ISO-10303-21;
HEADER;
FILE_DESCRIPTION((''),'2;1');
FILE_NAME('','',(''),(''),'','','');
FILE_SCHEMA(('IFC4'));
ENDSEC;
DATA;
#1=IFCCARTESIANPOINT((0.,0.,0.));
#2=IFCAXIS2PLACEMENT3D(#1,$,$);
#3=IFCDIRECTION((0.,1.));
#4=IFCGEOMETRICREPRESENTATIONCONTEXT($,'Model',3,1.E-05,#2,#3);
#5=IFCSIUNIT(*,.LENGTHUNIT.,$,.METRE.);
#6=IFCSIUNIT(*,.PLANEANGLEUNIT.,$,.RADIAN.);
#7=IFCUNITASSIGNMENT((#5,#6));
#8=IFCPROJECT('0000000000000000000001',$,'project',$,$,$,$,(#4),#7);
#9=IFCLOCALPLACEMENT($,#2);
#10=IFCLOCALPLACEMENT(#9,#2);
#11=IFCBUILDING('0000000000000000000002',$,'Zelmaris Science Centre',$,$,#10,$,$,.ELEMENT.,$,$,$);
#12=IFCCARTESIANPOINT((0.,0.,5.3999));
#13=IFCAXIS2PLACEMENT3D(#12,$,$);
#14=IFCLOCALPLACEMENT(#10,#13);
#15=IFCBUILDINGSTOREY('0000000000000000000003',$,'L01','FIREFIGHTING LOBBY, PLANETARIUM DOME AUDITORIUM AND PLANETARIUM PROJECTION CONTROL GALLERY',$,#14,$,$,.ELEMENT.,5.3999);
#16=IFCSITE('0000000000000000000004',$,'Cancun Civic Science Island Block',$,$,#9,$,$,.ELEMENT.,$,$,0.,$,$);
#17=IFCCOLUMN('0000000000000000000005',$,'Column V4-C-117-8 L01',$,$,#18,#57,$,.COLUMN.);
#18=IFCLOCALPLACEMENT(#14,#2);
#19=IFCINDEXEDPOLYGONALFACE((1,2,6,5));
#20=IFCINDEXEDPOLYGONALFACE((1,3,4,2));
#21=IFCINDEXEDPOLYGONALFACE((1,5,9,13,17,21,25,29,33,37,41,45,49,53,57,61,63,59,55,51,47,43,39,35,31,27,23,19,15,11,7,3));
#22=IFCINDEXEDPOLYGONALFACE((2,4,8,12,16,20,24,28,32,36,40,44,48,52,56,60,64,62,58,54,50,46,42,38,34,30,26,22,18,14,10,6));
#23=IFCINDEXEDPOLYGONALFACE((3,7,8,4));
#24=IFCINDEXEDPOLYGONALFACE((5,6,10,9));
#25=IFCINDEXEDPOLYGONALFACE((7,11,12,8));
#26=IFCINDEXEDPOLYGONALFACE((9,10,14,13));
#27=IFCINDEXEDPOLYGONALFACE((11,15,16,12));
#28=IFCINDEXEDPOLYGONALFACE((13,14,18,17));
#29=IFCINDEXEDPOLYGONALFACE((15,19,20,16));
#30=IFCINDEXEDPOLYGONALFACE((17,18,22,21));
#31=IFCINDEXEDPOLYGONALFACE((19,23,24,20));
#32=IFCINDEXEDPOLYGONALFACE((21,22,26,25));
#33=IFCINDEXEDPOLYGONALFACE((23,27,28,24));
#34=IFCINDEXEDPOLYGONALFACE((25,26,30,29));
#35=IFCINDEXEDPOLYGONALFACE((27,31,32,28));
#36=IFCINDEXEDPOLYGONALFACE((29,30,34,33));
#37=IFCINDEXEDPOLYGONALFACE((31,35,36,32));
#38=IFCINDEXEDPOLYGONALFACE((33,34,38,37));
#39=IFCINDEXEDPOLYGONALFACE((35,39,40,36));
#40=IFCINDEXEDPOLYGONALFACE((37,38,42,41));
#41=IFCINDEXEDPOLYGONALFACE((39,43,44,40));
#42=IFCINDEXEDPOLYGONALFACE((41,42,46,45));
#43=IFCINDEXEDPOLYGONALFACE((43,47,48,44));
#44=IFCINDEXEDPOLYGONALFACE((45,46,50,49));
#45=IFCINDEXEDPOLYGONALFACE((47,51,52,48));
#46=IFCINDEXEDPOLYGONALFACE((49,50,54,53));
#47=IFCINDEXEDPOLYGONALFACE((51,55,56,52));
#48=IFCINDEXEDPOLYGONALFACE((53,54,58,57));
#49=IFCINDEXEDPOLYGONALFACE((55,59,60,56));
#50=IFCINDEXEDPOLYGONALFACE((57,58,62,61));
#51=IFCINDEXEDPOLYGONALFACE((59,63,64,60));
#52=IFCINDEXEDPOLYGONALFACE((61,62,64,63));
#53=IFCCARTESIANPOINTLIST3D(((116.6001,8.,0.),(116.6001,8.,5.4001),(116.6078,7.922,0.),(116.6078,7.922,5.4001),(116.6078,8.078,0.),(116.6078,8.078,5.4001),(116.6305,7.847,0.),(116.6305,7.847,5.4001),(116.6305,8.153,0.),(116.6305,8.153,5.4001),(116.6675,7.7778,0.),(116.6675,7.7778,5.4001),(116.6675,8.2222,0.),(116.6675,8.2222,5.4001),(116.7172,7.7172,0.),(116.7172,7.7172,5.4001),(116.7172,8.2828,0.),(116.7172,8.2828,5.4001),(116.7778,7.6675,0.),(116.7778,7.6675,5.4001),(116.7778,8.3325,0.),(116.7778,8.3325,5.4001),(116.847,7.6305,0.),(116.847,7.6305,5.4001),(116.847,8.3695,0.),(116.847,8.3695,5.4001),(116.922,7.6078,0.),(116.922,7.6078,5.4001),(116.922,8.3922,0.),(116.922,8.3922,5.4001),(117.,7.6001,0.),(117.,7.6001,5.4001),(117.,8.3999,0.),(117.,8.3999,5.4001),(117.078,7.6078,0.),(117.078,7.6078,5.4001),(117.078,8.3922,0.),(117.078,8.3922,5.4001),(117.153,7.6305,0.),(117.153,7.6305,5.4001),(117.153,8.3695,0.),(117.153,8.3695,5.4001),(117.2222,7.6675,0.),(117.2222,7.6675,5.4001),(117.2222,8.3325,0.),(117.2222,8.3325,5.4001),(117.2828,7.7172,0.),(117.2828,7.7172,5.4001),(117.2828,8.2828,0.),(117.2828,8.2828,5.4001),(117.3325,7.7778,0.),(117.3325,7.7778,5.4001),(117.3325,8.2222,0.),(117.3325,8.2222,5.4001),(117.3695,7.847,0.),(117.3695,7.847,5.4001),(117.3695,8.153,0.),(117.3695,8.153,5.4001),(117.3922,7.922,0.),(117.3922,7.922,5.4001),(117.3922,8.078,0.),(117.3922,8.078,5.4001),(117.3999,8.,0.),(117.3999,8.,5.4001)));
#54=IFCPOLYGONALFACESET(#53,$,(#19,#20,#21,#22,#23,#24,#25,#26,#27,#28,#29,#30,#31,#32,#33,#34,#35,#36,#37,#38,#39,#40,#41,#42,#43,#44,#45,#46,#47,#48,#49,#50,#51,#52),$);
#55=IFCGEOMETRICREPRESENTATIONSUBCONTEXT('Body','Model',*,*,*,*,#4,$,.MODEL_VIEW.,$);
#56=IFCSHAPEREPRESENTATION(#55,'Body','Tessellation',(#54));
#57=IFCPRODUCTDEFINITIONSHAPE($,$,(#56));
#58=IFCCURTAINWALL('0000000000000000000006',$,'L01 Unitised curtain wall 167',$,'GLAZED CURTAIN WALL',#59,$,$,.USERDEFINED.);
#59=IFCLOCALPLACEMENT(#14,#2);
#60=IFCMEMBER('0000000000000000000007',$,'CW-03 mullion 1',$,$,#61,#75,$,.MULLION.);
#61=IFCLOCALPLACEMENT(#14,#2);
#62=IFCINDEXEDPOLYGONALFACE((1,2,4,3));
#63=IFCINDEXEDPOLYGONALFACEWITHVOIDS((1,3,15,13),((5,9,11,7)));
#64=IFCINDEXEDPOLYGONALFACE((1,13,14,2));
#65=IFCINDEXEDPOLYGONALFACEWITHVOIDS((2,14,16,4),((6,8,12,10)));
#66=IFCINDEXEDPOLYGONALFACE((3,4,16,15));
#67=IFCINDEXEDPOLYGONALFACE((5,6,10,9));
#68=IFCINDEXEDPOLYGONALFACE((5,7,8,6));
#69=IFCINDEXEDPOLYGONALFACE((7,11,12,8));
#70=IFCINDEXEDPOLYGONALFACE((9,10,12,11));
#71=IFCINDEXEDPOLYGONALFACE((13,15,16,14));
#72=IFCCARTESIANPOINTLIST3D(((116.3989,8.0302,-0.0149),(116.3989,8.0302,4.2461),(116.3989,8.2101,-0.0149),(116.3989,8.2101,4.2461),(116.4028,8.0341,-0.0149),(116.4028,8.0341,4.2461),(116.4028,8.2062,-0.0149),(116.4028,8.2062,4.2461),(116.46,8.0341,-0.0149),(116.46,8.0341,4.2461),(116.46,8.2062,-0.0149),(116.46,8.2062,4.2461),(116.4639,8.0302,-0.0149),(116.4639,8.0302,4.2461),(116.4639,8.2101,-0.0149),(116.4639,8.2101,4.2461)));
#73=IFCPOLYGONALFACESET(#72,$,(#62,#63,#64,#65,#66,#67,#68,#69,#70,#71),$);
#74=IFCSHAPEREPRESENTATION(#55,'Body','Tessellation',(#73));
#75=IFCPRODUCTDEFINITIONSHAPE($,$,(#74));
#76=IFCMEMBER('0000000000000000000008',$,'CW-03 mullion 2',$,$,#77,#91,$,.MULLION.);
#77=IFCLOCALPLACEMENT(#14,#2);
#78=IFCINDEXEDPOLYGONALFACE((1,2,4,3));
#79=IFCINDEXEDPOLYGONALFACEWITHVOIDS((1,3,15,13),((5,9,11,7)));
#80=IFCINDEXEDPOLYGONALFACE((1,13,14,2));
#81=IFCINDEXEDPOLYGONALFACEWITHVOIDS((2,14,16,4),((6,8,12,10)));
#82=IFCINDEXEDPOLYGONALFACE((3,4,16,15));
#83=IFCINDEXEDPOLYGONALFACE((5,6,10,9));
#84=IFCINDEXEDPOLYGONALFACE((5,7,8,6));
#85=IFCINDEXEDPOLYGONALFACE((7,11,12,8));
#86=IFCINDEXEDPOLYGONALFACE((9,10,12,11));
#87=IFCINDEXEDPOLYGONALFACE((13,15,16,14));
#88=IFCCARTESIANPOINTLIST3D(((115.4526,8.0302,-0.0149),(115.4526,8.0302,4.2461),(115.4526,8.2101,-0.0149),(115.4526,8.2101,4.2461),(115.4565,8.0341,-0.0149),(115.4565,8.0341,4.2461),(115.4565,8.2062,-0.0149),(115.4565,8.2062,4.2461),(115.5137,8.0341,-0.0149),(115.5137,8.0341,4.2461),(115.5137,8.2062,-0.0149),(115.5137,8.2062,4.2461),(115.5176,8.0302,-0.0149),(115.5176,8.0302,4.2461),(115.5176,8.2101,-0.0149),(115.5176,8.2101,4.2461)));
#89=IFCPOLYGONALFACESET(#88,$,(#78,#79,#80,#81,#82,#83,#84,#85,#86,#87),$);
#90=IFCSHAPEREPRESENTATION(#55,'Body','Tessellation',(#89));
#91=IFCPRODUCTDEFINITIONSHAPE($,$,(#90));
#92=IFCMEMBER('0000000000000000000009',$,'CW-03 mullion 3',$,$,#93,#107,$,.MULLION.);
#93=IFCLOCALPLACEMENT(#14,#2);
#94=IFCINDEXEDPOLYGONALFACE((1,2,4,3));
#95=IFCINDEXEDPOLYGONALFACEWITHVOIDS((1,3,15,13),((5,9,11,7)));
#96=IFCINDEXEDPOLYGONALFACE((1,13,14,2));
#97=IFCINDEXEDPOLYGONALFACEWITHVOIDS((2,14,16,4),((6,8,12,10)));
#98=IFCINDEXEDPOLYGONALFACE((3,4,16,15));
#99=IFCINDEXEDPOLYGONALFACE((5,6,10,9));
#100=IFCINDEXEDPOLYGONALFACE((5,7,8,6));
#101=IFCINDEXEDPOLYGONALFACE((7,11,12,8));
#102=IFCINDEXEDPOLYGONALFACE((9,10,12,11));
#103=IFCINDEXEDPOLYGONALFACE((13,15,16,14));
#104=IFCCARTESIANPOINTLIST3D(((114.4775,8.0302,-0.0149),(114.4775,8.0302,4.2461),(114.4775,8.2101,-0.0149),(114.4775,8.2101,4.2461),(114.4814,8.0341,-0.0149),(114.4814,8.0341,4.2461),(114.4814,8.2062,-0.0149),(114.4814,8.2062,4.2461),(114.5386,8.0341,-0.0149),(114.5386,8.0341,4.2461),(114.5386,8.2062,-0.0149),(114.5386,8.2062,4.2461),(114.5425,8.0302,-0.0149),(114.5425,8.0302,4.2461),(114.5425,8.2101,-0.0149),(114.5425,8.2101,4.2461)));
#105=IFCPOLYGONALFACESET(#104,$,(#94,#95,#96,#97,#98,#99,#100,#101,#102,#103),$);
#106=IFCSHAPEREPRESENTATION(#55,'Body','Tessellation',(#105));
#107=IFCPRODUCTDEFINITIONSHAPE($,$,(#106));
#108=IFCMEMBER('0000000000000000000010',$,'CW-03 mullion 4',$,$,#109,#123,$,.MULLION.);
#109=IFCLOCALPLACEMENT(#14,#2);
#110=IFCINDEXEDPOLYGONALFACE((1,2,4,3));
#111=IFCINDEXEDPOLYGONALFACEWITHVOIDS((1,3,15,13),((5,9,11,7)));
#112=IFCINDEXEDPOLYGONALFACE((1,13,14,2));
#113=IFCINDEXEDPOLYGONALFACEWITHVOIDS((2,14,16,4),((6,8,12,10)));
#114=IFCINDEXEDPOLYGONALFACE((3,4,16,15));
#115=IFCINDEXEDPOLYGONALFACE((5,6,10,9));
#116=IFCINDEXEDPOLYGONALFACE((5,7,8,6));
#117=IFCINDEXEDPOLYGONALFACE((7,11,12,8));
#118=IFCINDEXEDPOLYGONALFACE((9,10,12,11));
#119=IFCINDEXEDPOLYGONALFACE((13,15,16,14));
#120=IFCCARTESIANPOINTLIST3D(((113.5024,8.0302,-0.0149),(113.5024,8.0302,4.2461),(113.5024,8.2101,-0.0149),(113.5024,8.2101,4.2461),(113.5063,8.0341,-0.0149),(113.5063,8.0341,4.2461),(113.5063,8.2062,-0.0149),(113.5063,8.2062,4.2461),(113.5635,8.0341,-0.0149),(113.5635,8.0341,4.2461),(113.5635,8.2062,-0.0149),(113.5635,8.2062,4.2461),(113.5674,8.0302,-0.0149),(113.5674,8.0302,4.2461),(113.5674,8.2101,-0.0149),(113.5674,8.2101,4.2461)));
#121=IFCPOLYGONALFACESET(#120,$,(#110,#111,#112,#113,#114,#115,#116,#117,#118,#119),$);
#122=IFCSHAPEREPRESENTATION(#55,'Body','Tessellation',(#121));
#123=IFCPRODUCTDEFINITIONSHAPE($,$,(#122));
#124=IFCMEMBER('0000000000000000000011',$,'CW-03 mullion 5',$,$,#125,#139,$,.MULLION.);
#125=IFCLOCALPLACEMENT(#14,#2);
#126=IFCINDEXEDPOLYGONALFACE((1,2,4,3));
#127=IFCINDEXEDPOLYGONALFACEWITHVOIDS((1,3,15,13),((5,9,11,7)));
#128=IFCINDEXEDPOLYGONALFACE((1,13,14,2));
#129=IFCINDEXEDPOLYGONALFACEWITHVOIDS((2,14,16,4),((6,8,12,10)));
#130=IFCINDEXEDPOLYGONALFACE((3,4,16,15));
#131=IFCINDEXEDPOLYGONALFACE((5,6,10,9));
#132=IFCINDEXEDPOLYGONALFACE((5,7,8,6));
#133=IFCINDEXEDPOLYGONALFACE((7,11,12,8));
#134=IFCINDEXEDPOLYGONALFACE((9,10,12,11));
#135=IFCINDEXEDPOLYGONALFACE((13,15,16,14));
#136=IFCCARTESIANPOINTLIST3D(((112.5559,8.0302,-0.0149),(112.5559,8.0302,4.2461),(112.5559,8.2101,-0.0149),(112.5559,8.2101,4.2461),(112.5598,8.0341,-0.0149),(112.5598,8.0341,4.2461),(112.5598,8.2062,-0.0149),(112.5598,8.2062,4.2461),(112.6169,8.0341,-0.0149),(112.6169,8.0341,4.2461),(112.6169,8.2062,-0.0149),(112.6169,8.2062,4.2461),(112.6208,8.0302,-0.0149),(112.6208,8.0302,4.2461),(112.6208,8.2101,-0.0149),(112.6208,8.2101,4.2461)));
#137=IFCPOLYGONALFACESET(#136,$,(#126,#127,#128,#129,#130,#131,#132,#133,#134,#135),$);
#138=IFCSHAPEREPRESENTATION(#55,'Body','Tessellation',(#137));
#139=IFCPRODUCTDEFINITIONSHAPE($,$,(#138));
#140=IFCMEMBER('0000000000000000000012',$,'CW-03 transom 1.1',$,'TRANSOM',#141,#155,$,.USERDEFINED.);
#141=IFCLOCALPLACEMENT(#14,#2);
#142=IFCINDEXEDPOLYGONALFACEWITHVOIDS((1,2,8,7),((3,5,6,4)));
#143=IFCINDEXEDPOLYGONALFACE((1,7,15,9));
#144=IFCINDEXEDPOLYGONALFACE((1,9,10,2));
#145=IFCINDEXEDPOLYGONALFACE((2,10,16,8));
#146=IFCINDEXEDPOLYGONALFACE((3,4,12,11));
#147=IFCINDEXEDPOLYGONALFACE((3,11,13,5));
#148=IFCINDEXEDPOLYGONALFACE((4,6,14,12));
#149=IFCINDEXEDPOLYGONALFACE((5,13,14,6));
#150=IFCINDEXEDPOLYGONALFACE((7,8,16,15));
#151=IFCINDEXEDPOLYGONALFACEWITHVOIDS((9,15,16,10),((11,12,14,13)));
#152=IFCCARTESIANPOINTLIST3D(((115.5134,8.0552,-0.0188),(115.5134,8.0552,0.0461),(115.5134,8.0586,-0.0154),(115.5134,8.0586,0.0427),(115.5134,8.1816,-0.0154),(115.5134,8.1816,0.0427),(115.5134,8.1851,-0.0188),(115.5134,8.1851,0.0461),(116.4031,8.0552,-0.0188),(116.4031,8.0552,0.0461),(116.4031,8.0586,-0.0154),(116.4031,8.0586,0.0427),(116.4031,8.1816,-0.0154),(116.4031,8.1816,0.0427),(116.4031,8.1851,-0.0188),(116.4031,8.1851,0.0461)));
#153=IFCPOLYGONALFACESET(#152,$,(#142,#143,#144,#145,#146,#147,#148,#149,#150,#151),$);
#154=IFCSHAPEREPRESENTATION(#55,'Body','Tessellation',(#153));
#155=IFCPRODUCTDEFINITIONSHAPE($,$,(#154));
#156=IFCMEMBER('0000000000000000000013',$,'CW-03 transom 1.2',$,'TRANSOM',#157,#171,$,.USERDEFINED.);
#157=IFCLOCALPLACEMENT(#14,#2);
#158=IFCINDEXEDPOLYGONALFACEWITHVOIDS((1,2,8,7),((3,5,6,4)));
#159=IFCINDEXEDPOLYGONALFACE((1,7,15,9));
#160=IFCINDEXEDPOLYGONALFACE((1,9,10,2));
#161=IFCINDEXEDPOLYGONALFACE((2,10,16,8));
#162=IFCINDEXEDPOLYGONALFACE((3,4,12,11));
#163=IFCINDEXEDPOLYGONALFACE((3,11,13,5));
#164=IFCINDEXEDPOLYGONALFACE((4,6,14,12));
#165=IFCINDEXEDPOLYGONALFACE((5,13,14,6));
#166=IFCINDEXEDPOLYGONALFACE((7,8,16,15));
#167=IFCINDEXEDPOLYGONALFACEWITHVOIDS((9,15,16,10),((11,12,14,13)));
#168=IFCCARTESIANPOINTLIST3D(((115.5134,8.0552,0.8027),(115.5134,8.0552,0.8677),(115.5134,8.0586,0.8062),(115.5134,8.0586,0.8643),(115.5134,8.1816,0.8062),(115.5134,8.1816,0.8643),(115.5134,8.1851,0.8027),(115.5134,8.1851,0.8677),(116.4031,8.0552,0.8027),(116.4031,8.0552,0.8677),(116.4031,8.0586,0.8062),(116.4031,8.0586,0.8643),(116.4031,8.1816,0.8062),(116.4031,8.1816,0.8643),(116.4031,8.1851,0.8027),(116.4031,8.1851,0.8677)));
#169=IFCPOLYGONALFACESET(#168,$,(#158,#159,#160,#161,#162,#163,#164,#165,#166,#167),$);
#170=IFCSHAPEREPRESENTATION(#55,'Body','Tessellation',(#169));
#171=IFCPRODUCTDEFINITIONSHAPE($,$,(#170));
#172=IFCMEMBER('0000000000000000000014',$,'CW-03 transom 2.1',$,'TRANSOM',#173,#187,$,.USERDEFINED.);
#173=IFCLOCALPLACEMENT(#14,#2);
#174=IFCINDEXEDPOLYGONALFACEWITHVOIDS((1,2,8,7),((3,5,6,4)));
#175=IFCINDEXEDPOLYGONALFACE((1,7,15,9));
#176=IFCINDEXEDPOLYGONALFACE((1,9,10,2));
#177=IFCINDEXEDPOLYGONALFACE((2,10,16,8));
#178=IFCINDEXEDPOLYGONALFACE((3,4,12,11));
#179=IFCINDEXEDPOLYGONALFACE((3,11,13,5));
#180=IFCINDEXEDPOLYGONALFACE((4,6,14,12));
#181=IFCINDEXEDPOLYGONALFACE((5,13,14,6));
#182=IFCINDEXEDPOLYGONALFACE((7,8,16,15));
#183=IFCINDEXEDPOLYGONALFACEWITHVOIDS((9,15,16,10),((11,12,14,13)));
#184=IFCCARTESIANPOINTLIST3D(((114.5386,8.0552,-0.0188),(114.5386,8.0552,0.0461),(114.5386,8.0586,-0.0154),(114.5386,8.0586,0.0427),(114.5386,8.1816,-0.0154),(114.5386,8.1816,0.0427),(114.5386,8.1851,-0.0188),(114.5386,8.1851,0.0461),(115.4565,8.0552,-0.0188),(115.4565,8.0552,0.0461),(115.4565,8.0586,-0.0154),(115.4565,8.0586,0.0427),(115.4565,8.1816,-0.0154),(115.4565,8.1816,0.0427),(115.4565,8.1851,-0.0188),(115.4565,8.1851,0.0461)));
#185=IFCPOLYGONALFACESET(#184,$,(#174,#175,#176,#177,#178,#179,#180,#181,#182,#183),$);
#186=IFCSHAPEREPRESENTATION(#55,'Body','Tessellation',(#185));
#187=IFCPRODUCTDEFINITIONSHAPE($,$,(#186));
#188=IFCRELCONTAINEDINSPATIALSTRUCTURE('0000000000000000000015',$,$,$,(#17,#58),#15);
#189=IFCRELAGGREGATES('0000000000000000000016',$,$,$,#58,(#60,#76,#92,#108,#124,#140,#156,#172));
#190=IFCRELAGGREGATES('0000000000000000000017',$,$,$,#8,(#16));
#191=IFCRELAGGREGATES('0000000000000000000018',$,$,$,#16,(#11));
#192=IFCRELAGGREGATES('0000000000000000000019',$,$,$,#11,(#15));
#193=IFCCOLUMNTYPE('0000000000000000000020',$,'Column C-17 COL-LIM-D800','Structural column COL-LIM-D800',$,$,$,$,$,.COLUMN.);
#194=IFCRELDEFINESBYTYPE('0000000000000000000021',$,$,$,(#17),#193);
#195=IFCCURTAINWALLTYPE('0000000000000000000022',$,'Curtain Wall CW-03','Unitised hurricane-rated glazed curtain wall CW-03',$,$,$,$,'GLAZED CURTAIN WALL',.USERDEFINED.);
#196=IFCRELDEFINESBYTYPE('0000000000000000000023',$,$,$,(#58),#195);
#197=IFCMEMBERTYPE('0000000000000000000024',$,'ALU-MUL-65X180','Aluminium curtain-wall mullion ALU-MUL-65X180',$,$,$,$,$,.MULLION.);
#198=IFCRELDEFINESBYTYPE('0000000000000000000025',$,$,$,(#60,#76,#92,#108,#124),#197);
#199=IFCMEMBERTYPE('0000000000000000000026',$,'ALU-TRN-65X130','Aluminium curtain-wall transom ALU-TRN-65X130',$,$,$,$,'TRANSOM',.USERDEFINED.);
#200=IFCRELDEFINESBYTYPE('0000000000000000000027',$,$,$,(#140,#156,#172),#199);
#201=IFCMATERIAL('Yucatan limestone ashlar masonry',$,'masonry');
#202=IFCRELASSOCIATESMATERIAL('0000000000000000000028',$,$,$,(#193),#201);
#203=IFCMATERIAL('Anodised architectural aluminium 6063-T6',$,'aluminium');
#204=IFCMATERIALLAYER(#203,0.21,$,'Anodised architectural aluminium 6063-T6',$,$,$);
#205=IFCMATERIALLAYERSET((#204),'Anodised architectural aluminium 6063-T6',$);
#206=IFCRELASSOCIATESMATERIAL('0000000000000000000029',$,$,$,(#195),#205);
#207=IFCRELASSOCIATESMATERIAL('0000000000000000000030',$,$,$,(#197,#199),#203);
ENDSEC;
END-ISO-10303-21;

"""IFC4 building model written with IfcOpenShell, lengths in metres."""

from ifc_helpers import new_model, si_unit, direction, frame, origin, origin_2d, place, context, subcontext, project, spatial, hollow_rectangle, circle, extrude, material, layer, layer_set, material_profile, profile_set, type_object, element, aggregate, save


model = new_model("IFC4")

# Units and contexts
model_context = context("Model", 3, precision=1e-05, world=origin(), true_north=direction((0.0, 1.0)))
body_context = subcontext(model_context, "Body", "Model", "MODEL_VIEW")
ifc_project = project(units=[si_unit("LENGTHUNIT", "METRE"), si_unit("PLANEANGLEUNIT", "RADIAN")], contexts=[model_context])

# Site, building, storey
site_placement = place(None, origin())
site = spatial("IfcSite", under=ifc_project, at=site_placement, Name="Cancun Civic Science Island Block", CompositionType="ELEMENT", RefElevation=0.0)
building_placement = place(site_placement, origin())
building = spatial("IfcBuilding", under=site, at=building_placement, Name="Zelmaris Science Centre", CompositionType="ELEMENT")
storey_placement = place(building_placement, frame((0.0, 0.0, 5.3999)))
storey = spatial("IfcBuildingStorey", under=building, at=storey_placement, Name="L01", Description="FIREFIGHTING LOBBY, PLANETARIUM DOME AUDITORIUM AND PLANETARIUM PROJECTION CONTROL GALLERY", CompositionType="ELEMENT", Elevation=5.3999)

# Column
ifc_material_1 = material(Name="Yucatan limestone ashlar masonry", Category="masonry")
ifc_material_profile_1 = material_profile(ifc_material_1, circle(Radius=0.3999, at=origin_2d()), Name="COL-LIM-D800")
ifc_profile_set_1 = profile_set([ifc_material_profile_1], Name="Yucatan limestone ashlar masonry")
column_type = type_object("IfcColumnType", Name="Column C-17 COL-LIM-D800", Description="Structural column COL-LIM-D800", PredefinedType="COLUMN", material=ifc_profile_set_1)
column_placement = place(storey_placement, frame((117.0, 8.0, 0.0), z_axis=(0.0, 0.0, 1.0), x_axis=(1.0, 0.0, 0.0)))
element("IfcColumn", 1, at=column_placement, inside=storey, type_object=column_type, Name="Column V4-C-117-8 L01", PredefinedType="COLUMN", context=body_context, shape_type="SweptSolid", body=[
    extrude(circle(Radius=0.3999, at=origin_2d()), origin(), (0.0, 0.0, 1.0), 5.4001),
])

# Curtain wall, members
ifc_material_2 = material(Name="Anodised architectural aluminium 6063-T6", Category="aluminium")
ifc_layer_1 = layer(ifc_material_2, 0.21, Name="Anodised architectural aluminium 6063-T6")
ifc_layer_set_1 = layer_set([ifc_layer_1], Name="Anodised architectural aluminium 6063-T6")
curtain_wall_type = type_object("IfcCurtainWallType", Name="Curtain Wall CW-03", Description="Unitised hurricane-rated glazed curtain wall CW-03", ElementType="GLAZED CURTAIN WALL", PredefinedType="USERDEFINED", material=ifc_layer_set_1)
curtain_wall_placement = place(storey_placement, origin())
curtain_wall = element("IfcCurtainWall", 2, at=curtain_wall_placement, inside=storey, type_object=curtain_wall_type, Name="L01 Unitised curtain wall 167", ObjectType="GLAZED CURTAIN WALL", PredefinedType="USERDEFINED")
ifc_material_profile_2 = material_profile(ifc_material_2, hollow_rectangle(XDim=0.0649, YDim=0.1799, WallThickness=0.0039, at=origin_2d()), Name="ALU-MUL-65X180")
ifc_profile_set_2 = profile_set([ifc_material_profile_2], Name="Anodised architectural aluminium 6063-T6")
member_type_1 = type_object("IfcMemberType", Name="ALU-MUL-65X180", Description="Aluminium curtain-wall mullion ALU-MUL-65X180", PredefinedType="MULLION", material=ifc_profile_set_2)
member_1_placement = place(storey_placement, frame((116.4314, 8.1201, -0.0149), z_axis=(0.0, 0.0, 1.0), x_axis=(-1.0, 0.0, 0.0)))
member_1 = element("IfcMember", 3, at=member_1_placement, type_object=member_type_1, Name="CW-03 mullion 1", PredefinedType="MULLION", context=body_context, shape_type="SweptSolid", body=[
    extrude(hollow_rectangle(XDim=0.0649, YDim=0.1799, WallThickness=0.0039, at=origin_2d()), origin(), (0.0, 0.0, 1.0), 4.261),
])
member_2_placement = place(storey_placement, frame((115.4851, 8.1201, -0.0149), z_axis=(0.0, 0.0, 1.0), x_axis=(-1.0, 0.0, 0.0)))
member_2 = element("IfcMember", 4, at=member_2_placement, type_object=member_type_1, Name="CW-03 mullion 2", PredefinedType="MULLION", context=body_context, shape_type="SweptSolid", body=[
    extrude(hollow_rectangle(XDim=0.0649, YDim=0.1799, WallThickness=0.0039, at=origin_2d()), origin(), (0.0, 0.0, 1.0), 4.261),
])
member_3_placement = place(storey_placement, frame((114.51, 8.1201, -0.0149), z_axis=(0.0, 0.0, 1.0), x_axis=(-1.0, 0.0, 0.0)))
member_3 = element("IfcMember", 5, at=member_3_placement, type_object=member_type_1, Name="CW-03 mullion 3", PredefinedType="MULLION", context=body_context, shape_type="SweptSolid", body=[
    extrude(hollow_rectangle(XDim=0.0649, YDim=0.1799, WallThickness=0.0039, at=origin_2d()), origin(), (0.0, 0.0, 1.0), 4.261),
])
member_4_placement = place(storey_placement, frame((113.5349, 8.1201, -0.0149), z_axis=(0.0, 0.0, 1.0), x_axis=(-1.0, 0.0, 0.0)))
member_4 = element("IfcMember", 6, at=member_4_placement, type_object=member_type_1, Name="CW-03 mullion 4", PredefinedType="MULLION", context=body_context, shape_type="SweptSolid", body=[
    extrude(hollow_rectangle(XDim=0.0649, YDim=0.1799, WallThickness=0.0039, at=origin_2d()), origin(), (0.0, 0.0, 1.0), 4.261),
])
member_5_placement = place(storey_placement, frame((112.5884, 8.1201, -0.0149), z_axis=(0.0, 0.0, 1.0), x_axis=(-1.0, 0.0, 0.0)))
member_5 = element("IfcMember", 7, at=member_5_placement, type_object=member_type_1, Name="CW-03 mullion 5", PredefinedType="MULLION", context=body_context, shape_type="SweptSolid", body=[
    extrude(hollow_rectangle(XDim=0.0649, YDim=0.1799, WallThickness=0.0039, at=origin_2d()), origin(), (0.0, 0.0, 1.0), 4.261),
])
ifc_material_profile_3 = material_profile(ifc_material_2, hollow_rectangle(XDim=0.0649, YDim=0.1299, WallThickness=0.0034, at=origin_2d()), Name="ALU-TRN-65X130")
ifc_profile_set_3 = profile_set([ifc_material_profile_3], Name="Anodised architectural aluminium 6063-T6")
member_type_2 = type_object("IfcMemberType", Name="ALU-TRN-65X130", Description="Aluminium curtain-wall transom ALU-TRN-65X130", ElementType="TRANSOM", PredefinedType="USERDEFINED", material=ifc_profile_set_3)
member_6_placement = place(storey_placement, frame((116.4031, 8.1201, 0.0137), z_axis=(-1.0, 0.0, 0.0), x_axis=(0.0, 0.0, 1.0)))
member_6 = element("IfcMember", 8, at=member_6_placement, type_object=member_type_2, Name="CW-03 transom 1.1", ObjectType="TRANSOM", PredefinedType="USERDEFINED", context=body_context, shape_type="SweptSolid", body=[
    extrude(hollow_rectangle(XDim=0.0649, YDim=0.1299, WallThickness=0.0034, at=origin_2d()), origin(), (0.0, 0.0, 1.0), 0.8896),
])
member_7_placement = place(storey_placement, frame((116.4031, 8.1201, 0.8352), z_axis=(-1.0, 0.0, 0.0), x_axis=(0.0, 0.0, 1.0)))
member_7 = element("IfcMember", 9, at=member_7_placement, type_object=member_type_2, Name="CW-03 transom 1.2", ObjectType="TRANSOM", PredefinedType="USERDEFINED", context=body_context, shape_type="SweptSolid", body=[
    extrude(hollow_rectangle(XDim=0.0649, YDim=0.1299, WallThickness=0.0034, at=origin_2d()), origin(), (0.0, 0.0, 1.0), 0.8896),
])
member_8_placement = place(storey_placement, frame((115.4565, 8.1201, 0.0137), z_axis=(-1.0, 0.0, 0.0), x_axis=(0.0, 0.0, 1.0)))
member_8 = element("IfcMember", 10, at=member_8_placement, type_object=member_type_2, Name="CW-03 transom 2.1", ObjectType="TRANSOM", PredefinedType="USERDEFINED", context=body_context, shape_type="SweptSolid", body=[
    extrude(hollow_rectangle(XDim=0.0649, YDim=0.1299, WallThickness=0.0034, at=origin_2d()), origin(), (0.0, 0.0, 1.0), 0.918),
])

aggregate(curtain_wall, [member_1, member_2, member_3, member_4, member_5, member_6, member_7, member_8])

save(model, "model.ifc")
